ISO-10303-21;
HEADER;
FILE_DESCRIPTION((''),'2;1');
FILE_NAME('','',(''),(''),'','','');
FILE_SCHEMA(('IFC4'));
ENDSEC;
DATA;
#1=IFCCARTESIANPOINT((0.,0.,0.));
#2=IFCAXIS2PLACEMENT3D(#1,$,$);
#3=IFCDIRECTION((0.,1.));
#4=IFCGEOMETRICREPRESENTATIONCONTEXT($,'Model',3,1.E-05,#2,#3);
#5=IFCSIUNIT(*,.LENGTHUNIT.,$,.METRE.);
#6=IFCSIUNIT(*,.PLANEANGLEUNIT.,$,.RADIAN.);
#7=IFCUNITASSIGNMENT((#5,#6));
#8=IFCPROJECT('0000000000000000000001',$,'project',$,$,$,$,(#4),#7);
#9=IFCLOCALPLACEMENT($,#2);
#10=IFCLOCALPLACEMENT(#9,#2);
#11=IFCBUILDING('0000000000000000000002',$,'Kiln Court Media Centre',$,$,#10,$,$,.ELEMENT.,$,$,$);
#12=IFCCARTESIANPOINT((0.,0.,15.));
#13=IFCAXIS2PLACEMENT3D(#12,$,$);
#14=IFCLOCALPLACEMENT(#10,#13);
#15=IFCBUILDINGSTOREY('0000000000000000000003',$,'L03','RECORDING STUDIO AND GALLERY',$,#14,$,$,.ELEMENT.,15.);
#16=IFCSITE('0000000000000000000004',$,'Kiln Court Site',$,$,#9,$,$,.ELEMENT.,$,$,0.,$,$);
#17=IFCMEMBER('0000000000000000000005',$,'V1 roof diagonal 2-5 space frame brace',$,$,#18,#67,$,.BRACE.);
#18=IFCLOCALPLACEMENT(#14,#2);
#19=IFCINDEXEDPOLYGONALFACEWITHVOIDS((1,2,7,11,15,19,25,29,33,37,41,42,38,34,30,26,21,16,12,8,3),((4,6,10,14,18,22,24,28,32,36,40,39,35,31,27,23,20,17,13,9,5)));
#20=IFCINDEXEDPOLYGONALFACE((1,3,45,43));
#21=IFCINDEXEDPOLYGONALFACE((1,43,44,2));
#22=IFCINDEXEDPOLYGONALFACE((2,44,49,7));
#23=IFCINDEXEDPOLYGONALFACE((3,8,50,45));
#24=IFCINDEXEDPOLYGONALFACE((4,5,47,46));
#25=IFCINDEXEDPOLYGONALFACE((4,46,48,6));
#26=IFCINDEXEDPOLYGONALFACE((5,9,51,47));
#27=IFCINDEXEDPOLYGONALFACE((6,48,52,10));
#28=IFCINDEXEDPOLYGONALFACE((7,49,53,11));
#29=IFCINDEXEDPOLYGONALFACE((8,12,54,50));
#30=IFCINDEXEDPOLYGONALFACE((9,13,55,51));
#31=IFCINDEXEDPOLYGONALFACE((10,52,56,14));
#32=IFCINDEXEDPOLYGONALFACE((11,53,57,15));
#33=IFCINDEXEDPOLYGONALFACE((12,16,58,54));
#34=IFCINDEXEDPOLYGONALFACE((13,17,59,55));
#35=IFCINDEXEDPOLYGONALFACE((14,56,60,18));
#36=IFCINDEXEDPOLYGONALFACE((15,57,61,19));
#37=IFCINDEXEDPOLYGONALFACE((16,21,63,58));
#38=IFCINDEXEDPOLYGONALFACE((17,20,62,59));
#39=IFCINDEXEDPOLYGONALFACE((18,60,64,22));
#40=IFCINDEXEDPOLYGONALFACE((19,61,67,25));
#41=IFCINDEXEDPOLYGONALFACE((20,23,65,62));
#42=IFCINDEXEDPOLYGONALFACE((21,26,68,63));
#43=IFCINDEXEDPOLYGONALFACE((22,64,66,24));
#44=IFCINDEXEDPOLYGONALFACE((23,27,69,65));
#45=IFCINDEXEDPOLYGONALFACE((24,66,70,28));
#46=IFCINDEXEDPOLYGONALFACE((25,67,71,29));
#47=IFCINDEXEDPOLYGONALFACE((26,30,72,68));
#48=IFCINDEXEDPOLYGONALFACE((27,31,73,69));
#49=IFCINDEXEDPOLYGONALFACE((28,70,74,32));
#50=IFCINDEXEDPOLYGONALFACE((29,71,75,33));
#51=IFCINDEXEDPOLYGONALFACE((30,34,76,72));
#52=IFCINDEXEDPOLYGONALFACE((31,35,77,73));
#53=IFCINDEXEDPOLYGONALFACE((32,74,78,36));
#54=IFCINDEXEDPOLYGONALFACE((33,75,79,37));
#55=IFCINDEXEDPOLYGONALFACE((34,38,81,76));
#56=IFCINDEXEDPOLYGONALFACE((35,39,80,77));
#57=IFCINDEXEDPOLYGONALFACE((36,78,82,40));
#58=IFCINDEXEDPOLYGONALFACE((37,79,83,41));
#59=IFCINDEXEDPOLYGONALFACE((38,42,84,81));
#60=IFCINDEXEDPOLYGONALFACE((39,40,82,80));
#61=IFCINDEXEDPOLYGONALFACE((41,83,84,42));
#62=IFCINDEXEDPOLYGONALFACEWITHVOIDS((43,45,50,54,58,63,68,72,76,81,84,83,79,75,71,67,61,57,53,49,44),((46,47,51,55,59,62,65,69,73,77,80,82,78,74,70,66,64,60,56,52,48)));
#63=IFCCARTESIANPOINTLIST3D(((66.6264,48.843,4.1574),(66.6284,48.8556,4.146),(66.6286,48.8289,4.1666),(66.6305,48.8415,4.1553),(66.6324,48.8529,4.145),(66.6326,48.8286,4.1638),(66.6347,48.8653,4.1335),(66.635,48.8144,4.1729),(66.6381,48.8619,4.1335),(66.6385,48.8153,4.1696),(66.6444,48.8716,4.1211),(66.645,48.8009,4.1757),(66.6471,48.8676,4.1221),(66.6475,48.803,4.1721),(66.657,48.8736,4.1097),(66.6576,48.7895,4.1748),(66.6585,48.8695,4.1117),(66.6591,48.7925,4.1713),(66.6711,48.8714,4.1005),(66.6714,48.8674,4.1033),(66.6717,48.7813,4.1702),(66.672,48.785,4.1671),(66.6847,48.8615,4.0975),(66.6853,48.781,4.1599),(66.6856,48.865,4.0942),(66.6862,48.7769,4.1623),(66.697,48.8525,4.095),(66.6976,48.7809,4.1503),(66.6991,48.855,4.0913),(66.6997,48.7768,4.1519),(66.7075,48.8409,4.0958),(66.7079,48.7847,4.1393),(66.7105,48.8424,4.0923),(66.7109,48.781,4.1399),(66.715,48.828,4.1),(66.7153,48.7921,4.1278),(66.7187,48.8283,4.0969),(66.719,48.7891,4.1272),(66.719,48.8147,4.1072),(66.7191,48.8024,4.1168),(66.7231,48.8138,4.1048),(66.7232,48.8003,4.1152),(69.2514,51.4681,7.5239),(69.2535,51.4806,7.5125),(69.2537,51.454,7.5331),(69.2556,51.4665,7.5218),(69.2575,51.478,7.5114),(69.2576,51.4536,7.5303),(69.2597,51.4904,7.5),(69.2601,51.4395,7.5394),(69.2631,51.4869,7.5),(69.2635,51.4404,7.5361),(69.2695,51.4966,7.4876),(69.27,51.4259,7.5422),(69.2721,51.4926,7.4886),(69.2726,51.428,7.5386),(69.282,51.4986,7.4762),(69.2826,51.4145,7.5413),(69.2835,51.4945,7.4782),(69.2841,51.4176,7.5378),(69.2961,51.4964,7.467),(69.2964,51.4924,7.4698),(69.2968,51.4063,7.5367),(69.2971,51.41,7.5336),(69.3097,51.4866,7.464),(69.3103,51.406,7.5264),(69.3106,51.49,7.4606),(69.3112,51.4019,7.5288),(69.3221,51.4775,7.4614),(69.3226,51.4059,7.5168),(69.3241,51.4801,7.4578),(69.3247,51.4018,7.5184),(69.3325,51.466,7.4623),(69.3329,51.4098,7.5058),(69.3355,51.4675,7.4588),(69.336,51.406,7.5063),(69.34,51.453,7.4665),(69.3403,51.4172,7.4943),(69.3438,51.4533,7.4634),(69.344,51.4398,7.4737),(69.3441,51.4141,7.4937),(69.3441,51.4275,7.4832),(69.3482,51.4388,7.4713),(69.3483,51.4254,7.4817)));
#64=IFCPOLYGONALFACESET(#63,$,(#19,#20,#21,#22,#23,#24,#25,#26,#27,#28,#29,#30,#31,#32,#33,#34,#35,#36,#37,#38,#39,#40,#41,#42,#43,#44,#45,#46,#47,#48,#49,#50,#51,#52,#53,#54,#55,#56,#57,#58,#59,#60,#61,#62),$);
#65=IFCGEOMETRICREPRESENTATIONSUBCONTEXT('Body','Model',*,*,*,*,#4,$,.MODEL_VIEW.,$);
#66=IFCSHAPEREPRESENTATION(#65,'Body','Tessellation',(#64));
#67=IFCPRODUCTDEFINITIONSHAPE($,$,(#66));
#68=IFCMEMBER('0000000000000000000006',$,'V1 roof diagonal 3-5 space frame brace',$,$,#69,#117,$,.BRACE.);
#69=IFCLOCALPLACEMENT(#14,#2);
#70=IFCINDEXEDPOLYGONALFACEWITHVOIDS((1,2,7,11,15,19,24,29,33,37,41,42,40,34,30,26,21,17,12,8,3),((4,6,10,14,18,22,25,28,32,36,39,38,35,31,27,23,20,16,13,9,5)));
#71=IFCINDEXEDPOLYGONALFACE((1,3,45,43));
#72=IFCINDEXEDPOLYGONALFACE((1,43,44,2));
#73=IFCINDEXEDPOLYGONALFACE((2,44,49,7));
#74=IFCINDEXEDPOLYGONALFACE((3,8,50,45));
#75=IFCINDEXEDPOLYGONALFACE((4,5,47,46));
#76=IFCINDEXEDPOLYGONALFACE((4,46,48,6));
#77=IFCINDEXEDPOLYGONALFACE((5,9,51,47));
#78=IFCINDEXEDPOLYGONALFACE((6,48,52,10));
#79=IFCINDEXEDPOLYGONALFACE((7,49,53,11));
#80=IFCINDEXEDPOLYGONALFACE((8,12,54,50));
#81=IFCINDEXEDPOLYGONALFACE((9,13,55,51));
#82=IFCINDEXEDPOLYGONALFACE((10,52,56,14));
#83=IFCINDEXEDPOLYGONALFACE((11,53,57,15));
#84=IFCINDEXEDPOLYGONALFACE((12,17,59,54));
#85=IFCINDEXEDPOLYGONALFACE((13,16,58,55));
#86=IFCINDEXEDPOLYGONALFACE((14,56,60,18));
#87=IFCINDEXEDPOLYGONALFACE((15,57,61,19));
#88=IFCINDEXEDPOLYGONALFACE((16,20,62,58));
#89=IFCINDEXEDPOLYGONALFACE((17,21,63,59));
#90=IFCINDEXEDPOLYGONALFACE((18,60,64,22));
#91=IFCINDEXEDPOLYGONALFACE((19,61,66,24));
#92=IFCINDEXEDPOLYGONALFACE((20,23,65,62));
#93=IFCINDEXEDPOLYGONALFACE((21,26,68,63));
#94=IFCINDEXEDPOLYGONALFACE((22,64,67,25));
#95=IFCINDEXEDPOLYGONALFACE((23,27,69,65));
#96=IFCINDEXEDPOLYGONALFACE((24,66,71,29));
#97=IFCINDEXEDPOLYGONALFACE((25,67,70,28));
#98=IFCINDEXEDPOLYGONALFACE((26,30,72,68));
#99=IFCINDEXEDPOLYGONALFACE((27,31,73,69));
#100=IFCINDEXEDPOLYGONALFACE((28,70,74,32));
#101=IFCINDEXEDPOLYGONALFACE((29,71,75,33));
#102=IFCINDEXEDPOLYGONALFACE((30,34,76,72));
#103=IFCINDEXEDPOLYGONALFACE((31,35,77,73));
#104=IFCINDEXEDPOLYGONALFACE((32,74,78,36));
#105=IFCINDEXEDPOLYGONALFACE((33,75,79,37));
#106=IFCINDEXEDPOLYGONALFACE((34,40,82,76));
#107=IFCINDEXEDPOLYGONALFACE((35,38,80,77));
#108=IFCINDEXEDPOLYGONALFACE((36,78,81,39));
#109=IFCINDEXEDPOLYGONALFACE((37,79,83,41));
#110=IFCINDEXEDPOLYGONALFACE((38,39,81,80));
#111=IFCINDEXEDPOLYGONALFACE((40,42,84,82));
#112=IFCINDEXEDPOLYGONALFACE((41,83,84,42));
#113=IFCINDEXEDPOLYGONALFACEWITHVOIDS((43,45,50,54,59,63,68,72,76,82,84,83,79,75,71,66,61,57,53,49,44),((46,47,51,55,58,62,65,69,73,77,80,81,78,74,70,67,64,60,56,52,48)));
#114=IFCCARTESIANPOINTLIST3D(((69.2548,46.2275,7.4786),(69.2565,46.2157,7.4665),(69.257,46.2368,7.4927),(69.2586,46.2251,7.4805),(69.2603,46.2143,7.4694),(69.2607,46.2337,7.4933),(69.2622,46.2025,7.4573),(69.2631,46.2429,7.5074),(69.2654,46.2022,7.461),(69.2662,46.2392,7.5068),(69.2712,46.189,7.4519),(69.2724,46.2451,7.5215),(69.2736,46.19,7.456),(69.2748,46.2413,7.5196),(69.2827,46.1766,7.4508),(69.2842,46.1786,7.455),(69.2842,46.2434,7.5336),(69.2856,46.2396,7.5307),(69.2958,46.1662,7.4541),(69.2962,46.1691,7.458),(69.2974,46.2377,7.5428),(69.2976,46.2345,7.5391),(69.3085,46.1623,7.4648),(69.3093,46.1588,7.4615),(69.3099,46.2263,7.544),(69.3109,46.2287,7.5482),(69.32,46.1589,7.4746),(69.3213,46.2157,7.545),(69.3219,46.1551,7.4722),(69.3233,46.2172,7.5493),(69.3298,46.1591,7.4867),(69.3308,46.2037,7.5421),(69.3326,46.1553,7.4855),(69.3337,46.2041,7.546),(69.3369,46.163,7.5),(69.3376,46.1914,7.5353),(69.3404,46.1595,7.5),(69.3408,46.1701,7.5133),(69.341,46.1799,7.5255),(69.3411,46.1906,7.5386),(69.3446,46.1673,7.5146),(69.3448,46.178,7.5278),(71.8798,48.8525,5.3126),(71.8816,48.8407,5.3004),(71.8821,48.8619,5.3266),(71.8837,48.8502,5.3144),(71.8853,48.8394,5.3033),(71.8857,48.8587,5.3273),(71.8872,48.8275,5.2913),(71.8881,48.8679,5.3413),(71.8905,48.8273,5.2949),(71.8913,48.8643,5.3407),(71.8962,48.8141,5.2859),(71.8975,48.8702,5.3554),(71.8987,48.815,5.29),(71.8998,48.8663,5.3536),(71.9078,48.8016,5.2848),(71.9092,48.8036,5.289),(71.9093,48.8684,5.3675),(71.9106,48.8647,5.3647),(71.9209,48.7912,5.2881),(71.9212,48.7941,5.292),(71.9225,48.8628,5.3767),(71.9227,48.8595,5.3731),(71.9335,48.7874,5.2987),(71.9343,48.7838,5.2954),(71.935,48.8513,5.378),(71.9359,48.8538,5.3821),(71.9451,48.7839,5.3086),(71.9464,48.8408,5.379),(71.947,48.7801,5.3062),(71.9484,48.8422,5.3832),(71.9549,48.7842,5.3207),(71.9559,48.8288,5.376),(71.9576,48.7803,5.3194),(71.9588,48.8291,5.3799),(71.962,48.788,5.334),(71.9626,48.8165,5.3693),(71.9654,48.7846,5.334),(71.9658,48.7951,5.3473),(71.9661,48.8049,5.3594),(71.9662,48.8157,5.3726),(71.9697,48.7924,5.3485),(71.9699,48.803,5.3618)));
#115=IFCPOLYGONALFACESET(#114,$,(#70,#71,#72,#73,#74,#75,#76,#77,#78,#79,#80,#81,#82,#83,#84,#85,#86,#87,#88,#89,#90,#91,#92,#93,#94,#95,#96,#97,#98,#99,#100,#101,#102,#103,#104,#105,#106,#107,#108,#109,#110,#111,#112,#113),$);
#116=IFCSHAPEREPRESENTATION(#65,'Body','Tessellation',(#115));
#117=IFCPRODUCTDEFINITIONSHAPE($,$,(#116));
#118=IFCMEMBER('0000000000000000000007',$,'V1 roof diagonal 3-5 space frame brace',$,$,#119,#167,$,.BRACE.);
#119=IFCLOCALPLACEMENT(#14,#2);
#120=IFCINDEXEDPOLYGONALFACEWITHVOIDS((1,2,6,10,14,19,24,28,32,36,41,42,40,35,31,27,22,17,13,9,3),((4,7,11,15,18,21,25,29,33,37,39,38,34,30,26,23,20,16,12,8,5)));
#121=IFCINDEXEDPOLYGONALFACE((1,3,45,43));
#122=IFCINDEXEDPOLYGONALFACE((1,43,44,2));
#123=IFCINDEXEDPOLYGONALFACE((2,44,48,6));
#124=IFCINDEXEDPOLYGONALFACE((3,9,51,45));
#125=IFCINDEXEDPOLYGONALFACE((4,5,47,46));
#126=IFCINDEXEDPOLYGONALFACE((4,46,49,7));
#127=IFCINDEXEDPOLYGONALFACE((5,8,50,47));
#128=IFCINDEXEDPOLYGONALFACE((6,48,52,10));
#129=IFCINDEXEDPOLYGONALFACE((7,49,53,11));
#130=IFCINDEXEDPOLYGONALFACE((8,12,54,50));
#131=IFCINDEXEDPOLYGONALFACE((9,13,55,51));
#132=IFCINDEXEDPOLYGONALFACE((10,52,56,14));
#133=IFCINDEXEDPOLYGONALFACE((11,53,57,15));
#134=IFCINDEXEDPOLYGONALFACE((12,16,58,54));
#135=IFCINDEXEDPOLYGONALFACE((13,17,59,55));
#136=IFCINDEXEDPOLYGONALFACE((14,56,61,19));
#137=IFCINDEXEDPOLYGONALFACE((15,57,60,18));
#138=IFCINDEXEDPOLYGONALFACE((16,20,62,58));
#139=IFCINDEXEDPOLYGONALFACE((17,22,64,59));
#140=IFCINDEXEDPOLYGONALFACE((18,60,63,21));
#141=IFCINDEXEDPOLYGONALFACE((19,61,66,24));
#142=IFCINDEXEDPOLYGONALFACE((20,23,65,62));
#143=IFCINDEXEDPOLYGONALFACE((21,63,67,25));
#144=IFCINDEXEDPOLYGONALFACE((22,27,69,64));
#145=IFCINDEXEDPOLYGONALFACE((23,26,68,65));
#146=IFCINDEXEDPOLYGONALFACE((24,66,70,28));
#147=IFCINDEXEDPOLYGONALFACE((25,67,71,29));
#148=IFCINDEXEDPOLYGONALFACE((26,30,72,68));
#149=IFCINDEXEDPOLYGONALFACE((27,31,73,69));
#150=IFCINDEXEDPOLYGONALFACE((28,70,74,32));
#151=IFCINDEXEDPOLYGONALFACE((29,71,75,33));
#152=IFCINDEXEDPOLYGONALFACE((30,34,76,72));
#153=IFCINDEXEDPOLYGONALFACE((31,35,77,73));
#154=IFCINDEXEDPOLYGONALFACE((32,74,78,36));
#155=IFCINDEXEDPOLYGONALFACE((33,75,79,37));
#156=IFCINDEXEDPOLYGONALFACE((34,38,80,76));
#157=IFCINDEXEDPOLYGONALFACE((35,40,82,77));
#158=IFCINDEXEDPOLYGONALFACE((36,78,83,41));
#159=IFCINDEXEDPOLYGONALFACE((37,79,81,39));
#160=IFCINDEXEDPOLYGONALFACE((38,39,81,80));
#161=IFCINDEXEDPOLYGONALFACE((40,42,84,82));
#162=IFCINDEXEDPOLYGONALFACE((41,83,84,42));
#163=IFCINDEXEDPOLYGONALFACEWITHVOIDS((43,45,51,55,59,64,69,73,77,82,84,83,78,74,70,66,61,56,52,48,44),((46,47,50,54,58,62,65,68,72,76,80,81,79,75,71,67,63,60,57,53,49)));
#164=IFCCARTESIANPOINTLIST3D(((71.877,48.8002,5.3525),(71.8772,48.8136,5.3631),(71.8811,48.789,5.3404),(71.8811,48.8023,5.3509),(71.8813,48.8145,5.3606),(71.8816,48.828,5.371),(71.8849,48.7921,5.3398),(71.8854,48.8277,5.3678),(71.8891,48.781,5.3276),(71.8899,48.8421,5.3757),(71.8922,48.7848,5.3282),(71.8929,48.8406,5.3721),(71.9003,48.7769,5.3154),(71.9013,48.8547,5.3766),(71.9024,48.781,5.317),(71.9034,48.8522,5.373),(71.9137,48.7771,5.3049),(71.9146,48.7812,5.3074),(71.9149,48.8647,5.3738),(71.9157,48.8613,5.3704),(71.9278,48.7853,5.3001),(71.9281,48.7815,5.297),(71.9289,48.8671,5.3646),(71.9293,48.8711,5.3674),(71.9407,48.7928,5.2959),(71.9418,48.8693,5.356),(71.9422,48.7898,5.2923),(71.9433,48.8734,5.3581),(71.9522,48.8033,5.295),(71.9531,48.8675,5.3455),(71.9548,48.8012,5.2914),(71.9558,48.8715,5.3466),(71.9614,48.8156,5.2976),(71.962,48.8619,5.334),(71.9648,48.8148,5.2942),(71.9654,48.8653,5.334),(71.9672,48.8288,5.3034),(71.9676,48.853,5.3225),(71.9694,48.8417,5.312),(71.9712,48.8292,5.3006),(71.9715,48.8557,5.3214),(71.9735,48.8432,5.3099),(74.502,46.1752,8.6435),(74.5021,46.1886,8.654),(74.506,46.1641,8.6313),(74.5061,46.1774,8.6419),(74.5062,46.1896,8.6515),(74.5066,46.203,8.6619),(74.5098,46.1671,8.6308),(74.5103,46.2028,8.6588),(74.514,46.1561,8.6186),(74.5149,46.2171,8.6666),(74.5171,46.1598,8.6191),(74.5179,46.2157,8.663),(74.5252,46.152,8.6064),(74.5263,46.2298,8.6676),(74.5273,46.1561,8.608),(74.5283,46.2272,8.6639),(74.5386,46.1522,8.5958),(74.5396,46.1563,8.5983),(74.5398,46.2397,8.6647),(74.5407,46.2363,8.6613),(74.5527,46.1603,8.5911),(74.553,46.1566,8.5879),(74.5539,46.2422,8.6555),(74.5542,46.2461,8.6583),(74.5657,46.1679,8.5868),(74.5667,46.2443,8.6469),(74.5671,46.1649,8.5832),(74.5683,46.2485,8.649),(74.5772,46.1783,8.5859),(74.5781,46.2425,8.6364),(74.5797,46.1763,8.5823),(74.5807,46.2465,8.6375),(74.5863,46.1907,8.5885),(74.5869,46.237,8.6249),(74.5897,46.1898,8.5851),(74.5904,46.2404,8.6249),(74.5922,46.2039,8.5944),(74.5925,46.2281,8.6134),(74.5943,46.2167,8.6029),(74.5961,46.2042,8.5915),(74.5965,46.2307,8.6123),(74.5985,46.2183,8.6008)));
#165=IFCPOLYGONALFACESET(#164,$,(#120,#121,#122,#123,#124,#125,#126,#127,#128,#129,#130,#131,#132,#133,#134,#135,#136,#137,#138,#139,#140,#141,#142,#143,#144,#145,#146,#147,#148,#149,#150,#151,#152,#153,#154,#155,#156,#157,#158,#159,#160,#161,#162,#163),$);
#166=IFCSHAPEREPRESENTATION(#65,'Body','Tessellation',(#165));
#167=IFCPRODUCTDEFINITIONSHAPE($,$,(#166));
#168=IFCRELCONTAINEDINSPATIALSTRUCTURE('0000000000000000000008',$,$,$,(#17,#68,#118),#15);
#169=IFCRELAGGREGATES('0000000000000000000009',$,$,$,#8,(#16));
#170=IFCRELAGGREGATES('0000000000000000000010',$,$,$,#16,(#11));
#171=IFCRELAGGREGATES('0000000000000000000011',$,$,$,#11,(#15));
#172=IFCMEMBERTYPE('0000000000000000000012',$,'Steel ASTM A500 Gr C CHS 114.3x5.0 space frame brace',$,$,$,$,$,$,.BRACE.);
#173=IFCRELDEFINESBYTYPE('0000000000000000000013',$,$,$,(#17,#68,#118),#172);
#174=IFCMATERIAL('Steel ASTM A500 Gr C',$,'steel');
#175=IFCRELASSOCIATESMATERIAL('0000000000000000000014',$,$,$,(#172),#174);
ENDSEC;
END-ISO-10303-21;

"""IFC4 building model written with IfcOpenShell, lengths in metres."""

from ifc_helpers import new_model, si_unit, direction, frame, origin, origin_2d, place, context, subcontext, project, spatial, hollow_circle, extrude, material, material_profile, profile_set, type_object, element, save


model = new_model("IFC4")

# Units and contexts
model_context = context("Model", 3, precision=1e-05, world=origin(), true_north=direction((0.0, 1.0)))
body_context = subcontext(model_context, "Body", "Model", "MODEL_VIEW")
ifc_project = project(units=[si_unit("LENGTHUNIT", "METRE"), si_unit("PLANEANGLEUNIT", "RADIAN")], contexts=[model_context])

# Site, building, storey
site_placement = place(None, origin())
site = spatial("IfcSite", under=ifc_project, at=site_placement, Name="Kiln Court Site", CompositionType="ELEMENT", RefElevation=0.0)
building_placement = place(site_placement, origin())
building = spatial("IfcBuilding", under=site, at=building_placement, Name="Kiln Court Media Centre", CompositionType="ELEMENT")
storey_placement = place(building_placement, frame((0.0, 0.0, 15.0)))
storey = spatial("IfcBuildingStorey", under=building, at=storey_placement, Name="L03", Description="RECORDING STUDIO AND GALLERY", CompositionType="ELEMENT", Elevation=15.0)

# Members
ifc_material_1 = material(Name="Steel ASTM A500 Gr C", Category="steel")
ifc_material_profile_1 = material_profile(ifc_material_1, hollow_circle(Radius=0.0571, WallThickness=0.0049, at=origin_2d()), Name="CHS 114.3x5.0")
ifc_profile_set_1 = profile_set([ifc_material_profile_1], Name="Steel ASTM A500 Gr C")
member_type_1 = type_object("IfcMemberType", Name="Steel ASTM A500 Gr C CHS 114.3x5.0 space frame brace", PredefinedType="BRACE", material=ifc_profile_set_1)
member_1_placement = place(storey_placement, frame((66.675, 48.825, 4.1335), z_axis=(0.523804, 0.523804, 0.671758), x_axis=(-0.707107, 0.707107, 0.0)))
element("IfcMember", 1, at=member_1_placement, inside=storey, type_object=member_type_1, Name="V1 roof diagonal 2-5 space frame brace", PredefinedType="BRACE", context=body_context, shape_type="SweptSolid", body=[
    extrude(hollow_circle(Radius=0.0571, WallThickness=0.0049, at=origin_2d()), origin(), (0.0, 0.0, 1.0), 5.0115),
])
member_2_placement = place(storey_placement, frame((71.925, 48.825, 5.334), z_axis=(-0.610748, -0.610748, 0.503958), x_axis=(0.707107, -0.707107, 0.0)))
element("IfcMember", 2, at=member_2_placement, inside=storey, type_object=member_type_1, Name="V1 roof diagonal 3-5 space frame brace", PredefinedType="BRACE", context=body_context, shape_type="SweptSolid", body=[
    extrude(hollow_circle(Radius=0.0571, WallThickness=0.0049, at=origin_2d()), origin(), (0.0, 0.0, 1.0), 4.2981),
])
member_3_placement = place(storey_placement, frame((71.925, 48.825, 5.334), z_axis=(0.529122, -0.529122, 0.663371), x_axis=(0.707107, 0.707107, 0.0)))
element("IfcMember", 3, at=member_3_placement, inside=storey, type_object=member_type_1, Name="V1 roof diagonal 3-5 space frame brace", PredefinedType="BRACE", context=body_context, shape_type="SweptSolid", body=[
    extrude(hollow_circle(Radius=0.0571, WallThickness=0.0049, at=origin_2d()), origin(), (0.0, 0.0, 1.0), 4.9609),
])

save(model, "model.ifc")
